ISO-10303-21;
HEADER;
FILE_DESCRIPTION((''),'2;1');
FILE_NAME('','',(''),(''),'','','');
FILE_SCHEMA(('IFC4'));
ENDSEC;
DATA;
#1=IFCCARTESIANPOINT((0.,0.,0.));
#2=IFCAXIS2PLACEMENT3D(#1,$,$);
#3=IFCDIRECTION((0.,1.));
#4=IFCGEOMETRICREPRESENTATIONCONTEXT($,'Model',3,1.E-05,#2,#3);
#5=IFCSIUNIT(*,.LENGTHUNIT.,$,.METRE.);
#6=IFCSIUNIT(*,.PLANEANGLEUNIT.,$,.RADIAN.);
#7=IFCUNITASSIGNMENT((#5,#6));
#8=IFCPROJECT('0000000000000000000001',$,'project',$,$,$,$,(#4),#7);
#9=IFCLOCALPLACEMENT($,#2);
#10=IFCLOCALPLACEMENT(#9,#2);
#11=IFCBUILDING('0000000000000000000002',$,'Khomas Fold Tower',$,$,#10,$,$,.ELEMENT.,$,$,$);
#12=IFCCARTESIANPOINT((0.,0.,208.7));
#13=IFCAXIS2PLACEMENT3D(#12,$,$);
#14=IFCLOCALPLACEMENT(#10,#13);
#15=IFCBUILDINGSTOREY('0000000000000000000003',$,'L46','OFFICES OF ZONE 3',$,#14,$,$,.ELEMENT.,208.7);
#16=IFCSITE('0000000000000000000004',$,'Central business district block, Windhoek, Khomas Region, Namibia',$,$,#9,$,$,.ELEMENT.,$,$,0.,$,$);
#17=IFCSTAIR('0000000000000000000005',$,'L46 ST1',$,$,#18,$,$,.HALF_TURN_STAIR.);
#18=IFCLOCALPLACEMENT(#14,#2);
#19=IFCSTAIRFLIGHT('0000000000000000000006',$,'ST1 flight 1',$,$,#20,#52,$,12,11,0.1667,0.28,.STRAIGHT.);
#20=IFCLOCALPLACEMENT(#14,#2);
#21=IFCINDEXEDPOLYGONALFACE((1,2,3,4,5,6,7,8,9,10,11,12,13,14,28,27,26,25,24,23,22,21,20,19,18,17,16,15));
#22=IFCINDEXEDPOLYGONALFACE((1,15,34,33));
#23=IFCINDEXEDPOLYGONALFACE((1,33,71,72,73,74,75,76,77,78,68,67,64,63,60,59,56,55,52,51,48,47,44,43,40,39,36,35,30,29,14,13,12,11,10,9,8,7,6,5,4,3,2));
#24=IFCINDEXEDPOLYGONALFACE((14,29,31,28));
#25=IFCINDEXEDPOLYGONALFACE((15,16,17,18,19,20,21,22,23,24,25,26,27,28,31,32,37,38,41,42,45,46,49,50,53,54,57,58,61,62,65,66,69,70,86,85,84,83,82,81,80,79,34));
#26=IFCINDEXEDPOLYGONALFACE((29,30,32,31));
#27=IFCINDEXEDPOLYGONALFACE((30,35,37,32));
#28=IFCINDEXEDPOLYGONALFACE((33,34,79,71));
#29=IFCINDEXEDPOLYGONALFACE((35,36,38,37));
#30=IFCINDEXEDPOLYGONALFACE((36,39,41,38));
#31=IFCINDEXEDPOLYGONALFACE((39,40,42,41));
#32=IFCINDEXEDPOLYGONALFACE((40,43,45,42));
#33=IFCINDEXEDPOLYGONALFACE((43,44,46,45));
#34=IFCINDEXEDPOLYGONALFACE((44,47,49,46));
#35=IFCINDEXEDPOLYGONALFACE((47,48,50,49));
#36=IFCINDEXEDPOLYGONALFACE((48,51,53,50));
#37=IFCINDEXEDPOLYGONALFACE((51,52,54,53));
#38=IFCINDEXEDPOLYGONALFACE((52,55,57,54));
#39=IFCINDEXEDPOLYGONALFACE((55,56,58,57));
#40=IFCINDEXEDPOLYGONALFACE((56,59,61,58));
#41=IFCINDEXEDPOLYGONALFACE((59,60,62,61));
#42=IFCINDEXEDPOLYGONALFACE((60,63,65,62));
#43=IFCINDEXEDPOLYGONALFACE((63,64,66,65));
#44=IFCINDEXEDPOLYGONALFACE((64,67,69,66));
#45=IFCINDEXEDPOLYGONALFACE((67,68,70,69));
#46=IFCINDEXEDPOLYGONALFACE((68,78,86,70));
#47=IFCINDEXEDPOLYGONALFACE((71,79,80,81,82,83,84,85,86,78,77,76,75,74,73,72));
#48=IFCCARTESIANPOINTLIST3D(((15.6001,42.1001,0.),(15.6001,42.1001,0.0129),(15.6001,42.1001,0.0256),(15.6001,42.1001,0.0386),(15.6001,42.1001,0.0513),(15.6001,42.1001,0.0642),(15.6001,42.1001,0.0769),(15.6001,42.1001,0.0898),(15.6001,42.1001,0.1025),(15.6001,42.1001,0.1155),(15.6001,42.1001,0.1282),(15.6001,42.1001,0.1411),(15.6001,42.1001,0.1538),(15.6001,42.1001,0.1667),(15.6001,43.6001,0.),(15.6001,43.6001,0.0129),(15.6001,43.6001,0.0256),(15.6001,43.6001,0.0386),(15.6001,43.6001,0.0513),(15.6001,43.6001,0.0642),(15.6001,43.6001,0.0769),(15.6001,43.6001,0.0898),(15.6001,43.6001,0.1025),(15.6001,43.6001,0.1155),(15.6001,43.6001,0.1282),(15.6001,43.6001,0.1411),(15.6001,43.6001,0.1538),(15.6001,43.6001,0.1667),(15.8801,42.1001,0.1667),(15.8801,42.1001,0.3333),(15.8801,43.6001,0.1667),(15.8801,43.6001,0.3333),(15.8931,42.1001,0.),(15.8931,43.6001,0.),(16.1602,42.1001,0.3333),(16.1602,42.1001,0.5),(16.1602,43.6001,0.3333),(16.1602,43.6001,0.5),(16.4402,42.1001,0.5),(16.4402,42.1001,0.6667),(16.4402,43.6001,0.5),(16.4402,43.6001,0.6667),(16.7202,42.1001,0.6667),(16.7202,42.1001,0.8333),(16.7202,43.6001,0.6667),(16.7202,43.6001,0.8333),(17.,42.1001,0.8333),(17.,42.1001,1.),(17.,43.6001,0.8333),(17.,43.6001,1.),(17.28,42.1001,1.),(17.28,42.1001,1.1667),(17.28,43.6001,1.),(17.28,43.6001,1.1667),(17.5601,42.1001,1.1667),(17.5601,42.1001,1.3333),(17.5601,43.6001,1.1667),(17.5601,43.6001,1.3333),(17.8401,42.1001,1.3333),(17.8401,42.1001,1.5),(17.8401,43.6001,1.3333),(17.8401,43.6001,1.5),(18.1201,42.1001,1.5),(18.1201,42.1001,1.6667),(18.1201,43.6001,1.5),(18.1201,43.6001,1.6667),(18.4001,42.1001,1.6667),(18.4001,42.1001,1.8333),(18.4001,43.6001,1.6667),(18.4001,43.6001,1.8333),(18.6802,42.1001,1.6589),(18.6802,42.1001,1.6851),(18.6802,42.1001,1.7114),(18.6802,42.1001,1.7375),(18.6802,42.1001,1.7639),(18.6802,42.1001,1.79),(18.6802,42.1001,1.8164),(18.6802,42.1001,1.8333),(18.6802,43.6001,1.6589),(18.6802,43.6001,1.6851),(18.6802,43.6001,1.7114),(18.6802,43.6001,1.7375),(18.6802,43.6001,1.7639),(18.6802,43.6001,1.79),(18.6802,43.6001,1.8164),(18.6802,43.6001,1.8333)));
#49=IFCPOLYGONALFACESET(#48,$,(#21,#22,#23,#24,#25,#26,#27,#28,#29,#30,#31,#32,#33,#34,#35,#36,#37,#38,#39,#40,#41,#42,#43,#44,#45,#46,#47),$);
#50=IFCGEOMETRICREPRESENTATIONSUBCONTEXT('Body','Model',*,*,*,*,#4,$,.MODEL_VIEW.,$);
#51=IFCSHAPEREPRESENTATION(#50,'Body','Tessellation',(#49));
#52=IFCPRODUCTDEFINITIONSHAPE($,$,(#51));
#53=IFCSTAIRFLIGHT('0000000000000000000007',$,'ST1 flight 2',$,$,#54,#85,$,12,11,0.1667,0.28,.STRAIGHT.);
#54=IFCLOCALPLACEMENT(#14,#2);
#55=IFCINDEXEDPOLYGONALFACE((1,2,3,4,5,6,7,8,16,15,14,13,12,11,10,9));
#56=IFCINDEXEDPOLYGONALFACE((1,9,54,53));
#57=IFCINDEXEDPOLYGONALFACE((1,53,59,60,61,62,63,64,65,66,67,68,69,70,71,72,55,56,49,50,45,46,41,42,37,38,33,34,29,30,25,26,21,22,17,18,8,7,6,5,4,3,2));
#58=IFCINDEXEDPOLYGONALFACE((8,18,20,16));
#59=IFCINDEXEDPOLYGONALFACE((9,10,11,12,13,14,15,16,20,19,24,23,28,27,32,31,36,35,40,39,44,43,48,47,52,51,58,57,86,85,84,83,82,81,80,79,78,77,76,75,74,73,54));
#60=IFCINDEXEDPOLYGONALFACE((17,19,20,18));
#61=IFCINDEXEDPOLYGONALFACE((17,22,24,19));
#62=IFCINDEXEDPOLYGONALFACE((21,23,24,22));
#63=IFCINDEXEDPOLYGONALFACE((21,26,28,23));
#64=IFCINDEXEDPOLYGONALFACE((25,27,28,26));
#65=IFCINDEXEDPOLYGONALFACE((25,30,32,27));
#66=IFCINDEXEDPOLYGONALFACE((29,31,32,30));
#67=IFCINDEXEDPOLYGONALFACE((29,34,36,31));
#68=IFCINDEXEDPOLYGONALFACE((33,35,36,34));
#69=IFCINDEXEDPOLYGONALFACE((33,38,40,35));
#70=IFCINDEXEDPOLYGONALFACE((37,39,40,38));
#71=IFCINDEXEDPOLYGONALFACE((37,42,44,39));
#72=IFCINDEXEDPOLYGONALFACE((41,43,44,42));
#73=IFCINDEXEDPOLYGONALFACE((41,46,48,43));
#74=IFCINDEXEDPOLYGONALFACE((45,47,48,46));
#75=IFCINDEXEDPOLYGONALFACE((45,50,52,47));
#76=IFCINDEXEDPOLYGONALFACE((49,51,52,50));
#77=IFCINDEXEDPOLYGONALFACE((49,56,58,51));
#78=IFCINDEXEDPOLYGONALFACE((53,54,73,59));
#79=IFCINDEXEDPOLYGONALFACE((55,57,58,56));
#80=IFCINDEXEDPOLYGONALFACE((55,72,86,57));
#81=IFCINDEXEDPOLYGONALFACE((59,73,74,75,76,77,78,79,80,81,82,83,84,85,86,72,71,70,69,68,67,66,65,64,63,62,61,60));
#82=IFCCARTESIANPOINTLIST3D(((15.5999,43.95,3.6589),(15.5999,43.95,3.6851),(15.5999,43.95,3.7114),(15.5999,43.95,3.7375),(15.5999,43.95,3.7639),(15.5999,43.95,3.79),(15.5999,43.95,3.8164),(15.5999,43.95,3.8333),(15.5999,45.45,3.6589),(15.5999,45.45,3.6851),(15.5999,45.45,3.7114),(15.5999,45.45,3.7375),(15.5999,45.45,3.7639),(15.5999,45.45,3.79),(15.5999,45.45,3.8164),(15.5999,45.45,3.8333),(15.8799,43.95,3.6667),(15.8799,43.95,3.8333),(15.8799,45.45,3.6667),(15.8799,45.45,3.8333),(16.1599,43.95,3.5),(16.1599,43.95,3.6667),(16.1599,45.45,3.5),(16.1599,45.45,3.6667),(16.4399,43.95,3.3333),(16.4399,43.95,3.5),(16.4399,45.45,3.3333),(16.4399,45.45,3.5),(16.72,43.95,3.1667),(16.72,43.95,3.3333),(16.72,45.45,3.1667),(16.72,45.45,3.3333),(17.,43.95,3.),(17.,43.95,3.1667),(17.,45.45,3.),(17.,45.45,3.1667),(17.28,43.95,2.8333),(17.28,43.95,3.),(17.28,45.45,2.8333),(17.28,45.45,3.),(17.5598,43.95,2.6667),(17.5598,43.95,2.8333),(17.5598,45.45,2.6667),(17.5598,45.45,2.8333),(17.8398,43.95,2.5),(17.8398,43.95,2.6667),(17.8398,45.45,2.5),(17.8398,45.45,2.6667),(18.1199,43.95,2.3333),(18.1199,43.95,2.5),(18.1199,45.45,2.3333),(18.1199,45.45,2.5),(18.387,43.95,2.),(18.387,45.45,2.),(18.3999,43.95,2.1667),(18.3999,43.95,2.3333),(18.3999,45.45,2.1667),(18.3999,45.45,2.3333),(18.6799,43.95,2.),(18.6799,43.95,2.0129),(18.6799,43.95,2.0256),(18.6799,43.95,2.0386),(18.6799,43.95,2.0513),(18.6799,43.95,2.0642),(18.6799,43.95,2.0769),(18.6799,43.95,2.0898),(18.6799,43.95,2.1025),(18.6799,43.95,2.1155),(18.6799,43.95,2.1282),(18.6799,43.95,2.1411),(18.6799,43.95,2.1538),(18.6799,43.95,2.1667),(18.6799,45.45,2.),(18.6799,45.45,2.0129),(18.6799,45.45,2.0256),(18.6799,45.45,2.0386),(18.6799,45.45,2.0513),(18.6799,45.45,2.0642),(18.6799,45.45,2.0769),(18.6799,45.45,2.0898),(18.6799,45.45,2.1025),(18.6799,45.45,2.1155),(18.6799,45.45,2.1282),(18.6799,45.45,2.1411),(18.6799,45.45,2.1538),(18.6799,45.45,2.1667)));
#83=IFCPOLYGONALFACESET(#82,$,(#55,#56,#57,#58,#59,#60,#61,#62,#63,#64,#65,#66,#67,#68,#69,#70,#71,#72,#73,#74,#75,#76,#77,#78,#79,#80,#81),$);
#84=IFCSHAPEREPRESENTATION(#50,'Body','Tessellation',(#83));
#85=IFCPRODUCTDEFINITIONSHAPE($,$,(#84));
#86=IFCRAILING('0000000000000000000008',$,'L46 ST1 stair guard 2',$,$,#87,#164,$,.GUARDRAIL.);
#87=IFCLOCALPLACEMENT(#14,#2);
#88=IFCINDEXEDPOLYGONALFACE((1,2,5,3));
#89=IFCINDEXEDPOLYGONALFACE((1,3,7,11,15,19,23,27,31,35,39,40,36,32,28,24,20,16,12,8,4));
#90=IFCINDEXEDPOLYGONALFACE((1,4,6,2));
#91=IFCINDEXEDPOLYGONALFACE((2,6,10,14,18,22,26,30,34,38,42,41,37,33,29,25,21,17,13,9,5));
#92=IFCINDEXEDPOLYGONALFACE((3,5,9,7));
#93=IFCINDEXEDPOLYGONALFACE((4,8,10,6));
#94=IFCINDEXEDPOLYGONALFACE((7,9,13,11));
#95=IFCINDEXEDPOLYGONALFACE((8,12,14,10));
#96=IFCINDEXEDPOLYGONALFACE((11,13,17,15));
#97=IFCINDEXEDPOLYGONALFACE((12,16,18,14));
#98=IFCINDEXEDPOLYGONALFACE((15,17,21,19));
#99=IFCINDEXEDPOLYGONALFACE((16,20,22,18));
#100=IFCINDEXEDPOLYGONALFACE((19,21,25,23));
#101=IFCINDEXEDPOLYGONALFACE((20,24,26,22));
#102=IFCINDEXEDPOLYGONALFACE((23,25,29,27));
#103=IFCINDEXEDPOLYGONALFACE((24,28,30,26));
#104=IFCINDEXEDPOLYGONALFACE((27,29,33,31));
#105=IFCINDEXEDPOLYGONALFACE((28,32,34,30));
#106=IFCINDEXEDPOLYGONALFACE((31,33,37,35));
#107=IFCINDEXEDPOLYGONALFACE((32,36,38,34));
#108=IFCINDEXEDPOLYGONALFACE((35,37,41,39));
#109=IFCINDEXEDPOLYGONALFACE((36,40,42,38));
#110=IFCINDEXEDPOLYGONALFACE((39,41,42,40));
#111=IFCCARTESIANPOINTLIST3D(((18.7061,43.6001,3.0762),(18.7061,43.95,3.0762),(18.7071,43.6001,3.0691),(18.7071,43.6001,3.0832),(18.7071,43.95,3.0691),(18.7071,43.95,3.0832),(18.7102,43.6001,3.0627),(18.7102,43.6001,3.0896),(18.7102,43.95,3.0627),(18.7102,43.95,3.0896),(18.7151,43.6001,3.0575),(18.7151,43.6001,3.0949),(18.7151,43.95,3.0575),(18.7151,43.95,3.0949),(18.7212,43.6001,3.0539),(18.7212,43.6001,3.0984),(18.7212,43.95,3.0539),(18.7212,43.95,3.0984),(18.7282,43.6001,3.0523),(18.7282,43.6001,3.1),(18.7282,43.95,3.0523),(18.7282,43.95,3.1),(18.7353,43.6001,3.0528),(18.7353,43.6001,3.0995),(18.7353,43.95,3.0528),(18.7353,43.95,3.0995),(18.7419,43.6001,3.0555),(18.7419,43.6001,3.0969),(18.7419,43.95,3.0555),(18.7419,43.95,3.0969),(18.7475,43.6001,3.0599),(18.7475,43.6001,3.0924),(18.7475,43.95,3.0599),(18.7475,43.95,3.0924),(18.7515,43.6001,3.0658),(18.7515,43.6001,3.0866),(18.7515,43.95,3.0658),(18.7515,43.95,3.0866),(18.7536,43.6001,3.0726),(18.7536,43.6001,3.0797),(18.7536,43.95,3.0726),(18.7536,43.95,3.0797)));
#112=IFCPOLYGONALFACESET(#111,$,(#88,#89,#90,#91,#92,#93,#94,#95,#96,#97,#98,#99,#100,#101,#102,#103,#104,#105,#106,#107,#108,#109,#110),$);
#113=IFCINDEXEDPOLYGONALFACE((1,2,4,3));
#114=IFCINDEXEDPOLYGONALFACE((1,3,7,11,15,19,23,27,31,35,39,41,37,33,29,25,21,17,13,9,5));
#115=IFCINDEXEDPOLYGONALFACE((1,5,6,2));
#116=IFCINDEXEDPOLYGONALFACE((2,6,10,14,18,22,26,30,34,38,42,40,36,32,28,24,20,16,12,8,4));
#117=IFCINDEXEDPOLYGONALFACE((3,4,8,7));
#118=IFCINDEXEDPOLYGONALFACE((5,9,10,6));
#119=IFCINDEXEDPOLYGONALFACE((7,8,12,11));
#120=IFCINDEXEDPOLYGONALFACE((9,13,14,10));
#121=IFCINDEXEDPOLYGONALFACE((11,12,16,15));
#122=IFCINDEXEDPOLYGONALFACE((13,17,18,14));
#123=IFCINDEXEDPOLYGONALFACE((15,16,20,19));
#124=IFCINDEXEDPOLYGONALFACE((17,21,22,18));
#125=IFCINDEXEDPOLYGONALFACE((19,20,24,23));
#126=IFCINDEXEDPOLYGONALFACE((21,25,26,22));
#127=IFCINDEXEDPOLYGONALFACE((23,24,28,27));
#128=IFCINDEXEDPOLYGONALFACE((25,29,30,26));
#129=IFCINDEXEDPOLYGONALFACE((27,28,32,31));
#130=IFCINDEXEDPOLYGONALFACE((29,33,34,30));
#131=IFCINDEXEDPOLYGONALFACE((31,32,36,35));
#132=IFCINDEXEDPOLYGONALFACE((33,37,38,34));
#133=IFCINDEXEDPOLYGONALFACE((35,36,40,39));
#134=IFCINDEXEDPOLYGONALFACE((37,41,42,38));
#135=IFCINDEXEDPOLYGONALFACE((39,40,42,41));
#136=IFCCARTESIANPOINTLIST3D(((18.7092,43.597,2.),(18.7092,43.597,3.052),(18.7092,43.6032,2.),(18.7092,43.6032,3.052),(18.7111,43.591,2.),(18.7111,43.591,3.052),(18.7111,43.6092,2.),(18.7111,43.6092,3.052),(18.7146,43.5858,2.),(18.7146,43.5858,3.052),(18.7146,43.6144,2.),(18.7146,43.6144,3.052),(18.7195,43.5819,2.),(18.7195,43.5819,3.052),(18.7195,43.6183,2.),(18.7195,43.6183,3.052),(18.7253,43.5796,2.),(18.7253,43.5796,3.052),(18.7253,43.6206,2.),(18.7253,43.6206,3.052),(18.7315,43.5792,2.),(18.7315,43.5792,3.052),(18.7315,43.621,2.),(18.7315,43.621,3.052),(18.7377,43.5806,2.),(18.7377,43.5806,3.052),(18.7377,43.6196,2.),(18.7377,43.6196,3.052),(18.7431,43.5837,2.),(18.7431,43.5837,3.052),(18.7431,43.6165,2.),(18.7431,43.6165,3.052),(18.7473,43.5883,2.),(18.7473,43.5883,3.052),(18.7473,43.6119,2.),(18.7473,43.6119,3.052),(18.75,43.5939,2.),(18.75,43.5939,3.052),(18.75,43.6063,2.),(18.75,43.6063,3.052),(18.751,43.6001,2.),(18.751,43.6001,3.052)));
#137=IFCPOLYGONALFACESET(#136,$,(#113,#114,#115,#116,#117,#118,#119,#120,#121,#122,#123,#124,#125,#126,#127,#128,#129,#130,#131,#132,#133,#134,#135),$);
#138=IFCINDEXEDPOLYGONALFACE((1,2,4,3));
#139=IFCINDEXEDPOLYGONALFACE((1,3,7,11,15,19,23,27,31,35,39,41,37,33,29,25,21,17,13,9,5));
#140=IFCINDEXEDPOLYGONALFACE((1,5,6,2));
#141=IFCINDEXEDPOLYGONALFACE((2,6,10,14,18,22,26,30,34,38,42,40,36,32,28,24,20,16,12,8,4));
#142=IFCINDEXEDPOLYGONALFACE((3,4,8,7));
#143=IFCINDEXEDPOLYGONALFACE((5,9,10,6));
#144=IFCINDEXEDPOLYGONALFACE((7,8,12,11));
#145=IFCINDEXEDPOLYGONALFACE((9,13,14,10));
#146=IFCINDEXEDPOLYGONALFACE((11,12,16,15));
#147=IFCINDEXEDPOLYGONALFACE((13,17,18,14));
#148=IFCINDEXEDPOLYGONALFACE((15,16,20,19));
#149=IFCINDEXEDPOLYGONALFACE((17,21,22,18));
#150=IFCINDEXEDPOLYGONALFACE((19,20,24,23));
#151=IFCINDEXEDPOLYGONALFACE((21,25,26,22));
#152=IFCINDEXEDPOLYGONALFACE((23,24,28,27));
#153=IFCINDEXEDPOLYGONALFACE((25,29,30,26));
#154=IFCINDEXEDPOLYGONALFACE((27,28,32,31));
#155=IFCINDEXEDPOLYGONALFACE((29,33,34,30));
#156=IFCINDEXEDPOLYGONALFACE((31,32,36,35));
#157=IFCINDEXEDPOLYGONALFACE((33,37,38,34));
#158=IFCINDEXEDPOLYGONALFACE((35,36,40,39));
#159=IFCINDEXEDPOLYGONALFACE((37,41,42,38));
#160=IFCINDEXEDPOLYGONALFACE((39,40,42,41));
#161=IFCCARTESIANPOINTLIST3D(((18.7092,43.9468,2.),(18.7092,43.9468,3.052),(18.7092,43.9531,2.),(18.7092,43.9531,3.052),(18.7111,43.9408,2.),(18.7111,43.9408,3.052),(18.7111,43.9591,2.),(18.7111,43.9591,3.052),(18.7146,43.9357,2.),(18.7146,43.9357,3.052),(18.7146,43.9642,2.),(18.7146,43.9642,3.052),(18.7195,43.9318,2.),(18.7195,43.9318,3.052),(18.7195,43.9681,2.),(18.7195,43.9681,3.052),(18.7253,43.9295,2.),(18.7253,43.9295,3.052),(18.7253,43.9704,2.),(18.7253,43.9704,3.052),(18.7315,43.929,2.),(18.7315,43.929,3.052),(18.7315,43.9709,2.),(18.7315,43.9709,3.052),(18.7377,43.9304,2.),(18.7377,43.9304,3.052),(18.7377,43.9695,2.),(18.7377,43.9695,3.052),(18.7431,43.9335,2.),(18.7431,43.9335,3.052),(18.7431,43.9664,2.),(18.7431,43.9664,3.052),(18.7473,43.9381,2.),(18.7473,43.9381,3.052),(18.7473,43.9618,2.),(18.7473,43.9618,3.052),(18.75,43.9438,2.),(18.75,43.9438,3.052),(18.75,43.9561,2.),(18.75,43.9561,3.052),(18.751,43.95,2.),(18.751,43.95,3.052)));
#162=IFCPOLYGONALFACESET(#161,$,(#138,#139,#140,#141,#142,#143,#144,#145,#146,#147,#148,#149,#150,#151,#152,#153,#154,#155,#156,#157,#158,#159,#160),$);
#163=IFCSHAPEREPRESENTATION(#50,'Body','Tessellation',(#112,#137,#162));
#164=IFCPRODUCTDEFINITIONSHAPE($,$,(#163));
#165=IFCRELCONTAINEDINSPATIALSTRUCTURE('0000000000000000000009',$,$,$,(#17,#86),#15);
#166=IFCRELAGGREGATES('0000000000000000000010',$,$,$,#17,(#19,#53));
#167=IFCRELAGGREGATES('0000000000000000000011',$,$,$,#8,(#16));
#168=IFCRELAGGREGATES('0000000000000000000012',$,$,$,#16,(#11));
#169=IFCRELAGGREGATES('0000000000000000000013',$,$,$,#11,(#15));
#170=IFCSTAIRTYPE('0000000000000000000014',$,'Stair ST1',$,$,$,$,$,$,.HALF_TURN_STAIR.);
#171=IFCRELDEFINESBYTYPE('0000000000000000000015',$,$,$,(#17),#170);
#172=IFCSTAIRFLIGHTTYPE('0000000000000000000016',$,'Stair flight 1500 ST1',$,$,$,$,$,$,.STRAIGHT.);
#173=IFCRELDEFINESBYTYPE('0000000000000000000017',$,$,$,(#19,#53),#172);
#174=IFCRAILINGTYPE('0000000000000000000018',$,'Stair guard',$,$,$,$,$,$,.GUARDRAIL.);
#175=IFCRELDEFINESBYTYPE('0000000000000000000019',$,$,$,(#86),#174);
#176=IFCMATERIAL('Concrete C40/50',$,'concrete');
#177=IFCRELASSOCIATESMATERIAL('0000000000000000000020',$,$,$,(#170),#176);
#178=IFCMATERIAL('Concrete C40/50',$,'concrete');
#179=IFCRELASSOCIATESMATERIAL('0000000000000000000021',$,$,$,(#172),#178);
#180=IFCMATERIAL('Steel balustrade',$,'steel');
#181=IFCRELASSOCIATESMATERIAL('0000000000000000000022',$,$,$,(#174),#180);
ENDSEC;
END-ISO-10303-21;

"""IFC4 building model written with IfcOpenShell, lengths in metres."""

from ifc_helpers import new_model, si_unit, direction, frame, origin, origin_2d, place, context, subcontext, project, spatial, polyline, circle, outline, extrude, source, transform, mapped, material, type_object, element, aggregate, save


model = new_model("IFC4")

# Units and contexts
model_context = context("Model", 3, precision=1e-05, world=origin(), true_north=direction((0.0, 1.0)))
body_context = subcontext(model_context, "Body", "Model", "MODEL_VIEW")
ifc_project = project(units=[si_unit("LENGTHUNIT", "METRE"), si_unit("PLANEANGLEUNIT", "RADIAN")], contexts=[model_context])

# Site, building, storey
site_placement = place(None, origin())
site = spatial("IfcSite", under=ifc_project, at=site_placement, Name="Central business district block, Windhoek, Khomas Region, Namibia", CompositionType="ELEMENT", RefElevation=0.0)
building_placement = place(site_placement, origin())
building = spatial("IfcBuilding", under=site, at=building_placement, Name="Khomas Fold Tower", CompositionType="ELEMENT")
storey_placement = place(building_placement, frame((0.0, 0.0, 208.7)))
storey = spatial("IfcBuildingStorey", under=building, at=storey_placement, Name="L46", Description="OFFICES OF ZONE 3", CompositionType="ELEMENT", Elevation=208.7)

# Stair, stair flights
ifc_material_1 = material(Name="Concrete C40/50", Category="concrete")
stair_type = type_object("IfcStairType", Name="Stair ST1", PredefinedType="HALF_TURN_STAIR", material=ifc_material_1)
stair_placement = place(storey_placement, origin())
stair = element("IfcStair", 1, at=stair_placement, inside=storey, type_object=stair_type, Name="L46 ST1", PredefinedType="HALF_TURN_STAIR")
ifc_material_2 = material(Name="Concrete C40/50", Category="concrete")
stair_flight_type = type_object("IfcStairFlightType", Name="Stair flight 1500 ST1", PredefinedType="STRAIGHT", material=ifc_material_2)
shared_shape_1 = source(origin(), body_context, "Body", "SweptSolid", [
    extrude(outline(polyline([(0.0, 0.0), (0.0, 0.0129), (0.0, 0.0256), (0.0, 0.0386), (0.0, 0.0513), (0.0, 0.0642), (0.0, 0.0769), (0.0, 0.0898), (0.0, 0.1025), (0.0, 0.1155), (0.0, 0.1282), (0.0, 0.1411), (0.0, 0.1538), (0.0, 0.1667), (0.28, 0.1667), (0.28, 0.3333), (0.5601, 0.3333), (0.5601, 0.5), (0.8401, 0.5), (0.8401, 0.6667), (1.1201, 0.6667), (1.1201, 0.8333), (1.3999, 0.8333), (1.3999, 1.0), (1.6799, 1.0), (1.6799, 1.1667), (1.96, 1.1667), (1.96, 1.3333), (2.24, 1.3333), (2.24, 1.5), (2.52, 1.5), (2.52, 1.6667), (2.8, 1.6667), (2.8, 1.8333), (3.0801, 1.8333), (3.0801, 2.0), (3.0801, 1.9739), (3.0801, 1.9475), (3.0801, 1.9214), (3.0801, 1.895), (3.0801, 1.8689), (3.0801, 1.8425), (3.0801, 1.8164), (3.0801, 1.79), (3.0801, 1.7639), (3.0801, 1.7375), (3.0801, 1.7114), (3.0801, 1.6851), (3.0801, 1.6589), (0.293, 0.0), (0.0, 0.0)])), frame((0.0, 0.75, 0.0), z_axis=(0.0, -1.0, 0.0), x_axis=(1.0, 0.0, 0.0)), (0.0, 0.0, 1.0), 1.5),
])
stair_flight_1_placement = place(storey_placement, frame((15.6001, 42.8501, 0.0), z_axis=(0.0, 0.0, 1.0), x_axis=(1.0, 0.0, 0.0)))
stair_flight_1 = element("IfcStairFlight", 2, at=stair_flight_1_placement, type_object=stair_flight_type, Name="ST1 flight 1", NumberOfRisers=12, NumberOfTreads=11, PredefinedType="STRAIGHT", RiserHeight=0.1667, TreadLength=0.28, context=body_context, shape_type="MappedRepresentation", body=[
    mapped(shared_shape_1, transform((0.0, 0.0, 0.0))),
])
stair_flight_2_placement = place(storey_placement, frame((18.6799, 44.7, 2.0), z_axis=(0.0, 0.0, 1.0), x_axis=(-1.0, 0.0, 0.0)))
stair_flight_2 = element("IfcStairFlight", 3, at=stair_flight_2_placement, type_object=stair_flight_type, Name="ST1 flight 2", NumberOfRisers=12, NumberOfTreads=11, PredefinedType="STRAIGHT", RiserHeight=0.1667, TreadLength=0.28, context=body_context, shape_type="MappedRepresentation", body=[
    mapped(shared_shape_1, transform((0.0, 0.0, 0.0))),
])
aggregate(stair, [stair_flight_1, stair_flight_2])

# Railing
ifc_material_3 = material(Name="Steel balustrade", Category="steel")
railing_type_1 = type_object("IfcRailingType", Name="Stair guard", PredefinedType="GUARDRAIL", material=ifc_material_3)
shared_shape_2 = source(origin(), body_context, "Body", "SweptSolid", [
    extrude(circle(Radius=0.0239, at=origin_2d()), frame((0.0, 0.0, 1.0762), z_axis=(0.0, 1.0, 0.0), x_axis=(-1.0, 0.0, 0.0)), (0.0, 0.0, 1.0), 0.3499),
    extrude(circle(Radius=0.021, at=origin_2d()), origin(), (0.0, 0.0, 1.0), 1.052),
    extrude(circle(Radius=0.021, at=origin_2d()), frame((0.0, 0.3499, 0.0)), (0.0, 0.0, 1.0), 1.052),
])
for number, where, name in (
    (4, (18.73, 43.6001, 2.0), "L46 ST1 stair guard 2"),
):
    element("IfcRailing", number, at=place(storey_placement, frame(where)), inside=storey, type_object=railing_type_1, Name=name, PredefinedType="GUARDRAIL", context=body_context, shape_type="MappedRepresentation", body=[
        mapped(shared_shape_2, transform((0.0, 0.0, 0.0))),
    ])

save(model, "model.ifc")
